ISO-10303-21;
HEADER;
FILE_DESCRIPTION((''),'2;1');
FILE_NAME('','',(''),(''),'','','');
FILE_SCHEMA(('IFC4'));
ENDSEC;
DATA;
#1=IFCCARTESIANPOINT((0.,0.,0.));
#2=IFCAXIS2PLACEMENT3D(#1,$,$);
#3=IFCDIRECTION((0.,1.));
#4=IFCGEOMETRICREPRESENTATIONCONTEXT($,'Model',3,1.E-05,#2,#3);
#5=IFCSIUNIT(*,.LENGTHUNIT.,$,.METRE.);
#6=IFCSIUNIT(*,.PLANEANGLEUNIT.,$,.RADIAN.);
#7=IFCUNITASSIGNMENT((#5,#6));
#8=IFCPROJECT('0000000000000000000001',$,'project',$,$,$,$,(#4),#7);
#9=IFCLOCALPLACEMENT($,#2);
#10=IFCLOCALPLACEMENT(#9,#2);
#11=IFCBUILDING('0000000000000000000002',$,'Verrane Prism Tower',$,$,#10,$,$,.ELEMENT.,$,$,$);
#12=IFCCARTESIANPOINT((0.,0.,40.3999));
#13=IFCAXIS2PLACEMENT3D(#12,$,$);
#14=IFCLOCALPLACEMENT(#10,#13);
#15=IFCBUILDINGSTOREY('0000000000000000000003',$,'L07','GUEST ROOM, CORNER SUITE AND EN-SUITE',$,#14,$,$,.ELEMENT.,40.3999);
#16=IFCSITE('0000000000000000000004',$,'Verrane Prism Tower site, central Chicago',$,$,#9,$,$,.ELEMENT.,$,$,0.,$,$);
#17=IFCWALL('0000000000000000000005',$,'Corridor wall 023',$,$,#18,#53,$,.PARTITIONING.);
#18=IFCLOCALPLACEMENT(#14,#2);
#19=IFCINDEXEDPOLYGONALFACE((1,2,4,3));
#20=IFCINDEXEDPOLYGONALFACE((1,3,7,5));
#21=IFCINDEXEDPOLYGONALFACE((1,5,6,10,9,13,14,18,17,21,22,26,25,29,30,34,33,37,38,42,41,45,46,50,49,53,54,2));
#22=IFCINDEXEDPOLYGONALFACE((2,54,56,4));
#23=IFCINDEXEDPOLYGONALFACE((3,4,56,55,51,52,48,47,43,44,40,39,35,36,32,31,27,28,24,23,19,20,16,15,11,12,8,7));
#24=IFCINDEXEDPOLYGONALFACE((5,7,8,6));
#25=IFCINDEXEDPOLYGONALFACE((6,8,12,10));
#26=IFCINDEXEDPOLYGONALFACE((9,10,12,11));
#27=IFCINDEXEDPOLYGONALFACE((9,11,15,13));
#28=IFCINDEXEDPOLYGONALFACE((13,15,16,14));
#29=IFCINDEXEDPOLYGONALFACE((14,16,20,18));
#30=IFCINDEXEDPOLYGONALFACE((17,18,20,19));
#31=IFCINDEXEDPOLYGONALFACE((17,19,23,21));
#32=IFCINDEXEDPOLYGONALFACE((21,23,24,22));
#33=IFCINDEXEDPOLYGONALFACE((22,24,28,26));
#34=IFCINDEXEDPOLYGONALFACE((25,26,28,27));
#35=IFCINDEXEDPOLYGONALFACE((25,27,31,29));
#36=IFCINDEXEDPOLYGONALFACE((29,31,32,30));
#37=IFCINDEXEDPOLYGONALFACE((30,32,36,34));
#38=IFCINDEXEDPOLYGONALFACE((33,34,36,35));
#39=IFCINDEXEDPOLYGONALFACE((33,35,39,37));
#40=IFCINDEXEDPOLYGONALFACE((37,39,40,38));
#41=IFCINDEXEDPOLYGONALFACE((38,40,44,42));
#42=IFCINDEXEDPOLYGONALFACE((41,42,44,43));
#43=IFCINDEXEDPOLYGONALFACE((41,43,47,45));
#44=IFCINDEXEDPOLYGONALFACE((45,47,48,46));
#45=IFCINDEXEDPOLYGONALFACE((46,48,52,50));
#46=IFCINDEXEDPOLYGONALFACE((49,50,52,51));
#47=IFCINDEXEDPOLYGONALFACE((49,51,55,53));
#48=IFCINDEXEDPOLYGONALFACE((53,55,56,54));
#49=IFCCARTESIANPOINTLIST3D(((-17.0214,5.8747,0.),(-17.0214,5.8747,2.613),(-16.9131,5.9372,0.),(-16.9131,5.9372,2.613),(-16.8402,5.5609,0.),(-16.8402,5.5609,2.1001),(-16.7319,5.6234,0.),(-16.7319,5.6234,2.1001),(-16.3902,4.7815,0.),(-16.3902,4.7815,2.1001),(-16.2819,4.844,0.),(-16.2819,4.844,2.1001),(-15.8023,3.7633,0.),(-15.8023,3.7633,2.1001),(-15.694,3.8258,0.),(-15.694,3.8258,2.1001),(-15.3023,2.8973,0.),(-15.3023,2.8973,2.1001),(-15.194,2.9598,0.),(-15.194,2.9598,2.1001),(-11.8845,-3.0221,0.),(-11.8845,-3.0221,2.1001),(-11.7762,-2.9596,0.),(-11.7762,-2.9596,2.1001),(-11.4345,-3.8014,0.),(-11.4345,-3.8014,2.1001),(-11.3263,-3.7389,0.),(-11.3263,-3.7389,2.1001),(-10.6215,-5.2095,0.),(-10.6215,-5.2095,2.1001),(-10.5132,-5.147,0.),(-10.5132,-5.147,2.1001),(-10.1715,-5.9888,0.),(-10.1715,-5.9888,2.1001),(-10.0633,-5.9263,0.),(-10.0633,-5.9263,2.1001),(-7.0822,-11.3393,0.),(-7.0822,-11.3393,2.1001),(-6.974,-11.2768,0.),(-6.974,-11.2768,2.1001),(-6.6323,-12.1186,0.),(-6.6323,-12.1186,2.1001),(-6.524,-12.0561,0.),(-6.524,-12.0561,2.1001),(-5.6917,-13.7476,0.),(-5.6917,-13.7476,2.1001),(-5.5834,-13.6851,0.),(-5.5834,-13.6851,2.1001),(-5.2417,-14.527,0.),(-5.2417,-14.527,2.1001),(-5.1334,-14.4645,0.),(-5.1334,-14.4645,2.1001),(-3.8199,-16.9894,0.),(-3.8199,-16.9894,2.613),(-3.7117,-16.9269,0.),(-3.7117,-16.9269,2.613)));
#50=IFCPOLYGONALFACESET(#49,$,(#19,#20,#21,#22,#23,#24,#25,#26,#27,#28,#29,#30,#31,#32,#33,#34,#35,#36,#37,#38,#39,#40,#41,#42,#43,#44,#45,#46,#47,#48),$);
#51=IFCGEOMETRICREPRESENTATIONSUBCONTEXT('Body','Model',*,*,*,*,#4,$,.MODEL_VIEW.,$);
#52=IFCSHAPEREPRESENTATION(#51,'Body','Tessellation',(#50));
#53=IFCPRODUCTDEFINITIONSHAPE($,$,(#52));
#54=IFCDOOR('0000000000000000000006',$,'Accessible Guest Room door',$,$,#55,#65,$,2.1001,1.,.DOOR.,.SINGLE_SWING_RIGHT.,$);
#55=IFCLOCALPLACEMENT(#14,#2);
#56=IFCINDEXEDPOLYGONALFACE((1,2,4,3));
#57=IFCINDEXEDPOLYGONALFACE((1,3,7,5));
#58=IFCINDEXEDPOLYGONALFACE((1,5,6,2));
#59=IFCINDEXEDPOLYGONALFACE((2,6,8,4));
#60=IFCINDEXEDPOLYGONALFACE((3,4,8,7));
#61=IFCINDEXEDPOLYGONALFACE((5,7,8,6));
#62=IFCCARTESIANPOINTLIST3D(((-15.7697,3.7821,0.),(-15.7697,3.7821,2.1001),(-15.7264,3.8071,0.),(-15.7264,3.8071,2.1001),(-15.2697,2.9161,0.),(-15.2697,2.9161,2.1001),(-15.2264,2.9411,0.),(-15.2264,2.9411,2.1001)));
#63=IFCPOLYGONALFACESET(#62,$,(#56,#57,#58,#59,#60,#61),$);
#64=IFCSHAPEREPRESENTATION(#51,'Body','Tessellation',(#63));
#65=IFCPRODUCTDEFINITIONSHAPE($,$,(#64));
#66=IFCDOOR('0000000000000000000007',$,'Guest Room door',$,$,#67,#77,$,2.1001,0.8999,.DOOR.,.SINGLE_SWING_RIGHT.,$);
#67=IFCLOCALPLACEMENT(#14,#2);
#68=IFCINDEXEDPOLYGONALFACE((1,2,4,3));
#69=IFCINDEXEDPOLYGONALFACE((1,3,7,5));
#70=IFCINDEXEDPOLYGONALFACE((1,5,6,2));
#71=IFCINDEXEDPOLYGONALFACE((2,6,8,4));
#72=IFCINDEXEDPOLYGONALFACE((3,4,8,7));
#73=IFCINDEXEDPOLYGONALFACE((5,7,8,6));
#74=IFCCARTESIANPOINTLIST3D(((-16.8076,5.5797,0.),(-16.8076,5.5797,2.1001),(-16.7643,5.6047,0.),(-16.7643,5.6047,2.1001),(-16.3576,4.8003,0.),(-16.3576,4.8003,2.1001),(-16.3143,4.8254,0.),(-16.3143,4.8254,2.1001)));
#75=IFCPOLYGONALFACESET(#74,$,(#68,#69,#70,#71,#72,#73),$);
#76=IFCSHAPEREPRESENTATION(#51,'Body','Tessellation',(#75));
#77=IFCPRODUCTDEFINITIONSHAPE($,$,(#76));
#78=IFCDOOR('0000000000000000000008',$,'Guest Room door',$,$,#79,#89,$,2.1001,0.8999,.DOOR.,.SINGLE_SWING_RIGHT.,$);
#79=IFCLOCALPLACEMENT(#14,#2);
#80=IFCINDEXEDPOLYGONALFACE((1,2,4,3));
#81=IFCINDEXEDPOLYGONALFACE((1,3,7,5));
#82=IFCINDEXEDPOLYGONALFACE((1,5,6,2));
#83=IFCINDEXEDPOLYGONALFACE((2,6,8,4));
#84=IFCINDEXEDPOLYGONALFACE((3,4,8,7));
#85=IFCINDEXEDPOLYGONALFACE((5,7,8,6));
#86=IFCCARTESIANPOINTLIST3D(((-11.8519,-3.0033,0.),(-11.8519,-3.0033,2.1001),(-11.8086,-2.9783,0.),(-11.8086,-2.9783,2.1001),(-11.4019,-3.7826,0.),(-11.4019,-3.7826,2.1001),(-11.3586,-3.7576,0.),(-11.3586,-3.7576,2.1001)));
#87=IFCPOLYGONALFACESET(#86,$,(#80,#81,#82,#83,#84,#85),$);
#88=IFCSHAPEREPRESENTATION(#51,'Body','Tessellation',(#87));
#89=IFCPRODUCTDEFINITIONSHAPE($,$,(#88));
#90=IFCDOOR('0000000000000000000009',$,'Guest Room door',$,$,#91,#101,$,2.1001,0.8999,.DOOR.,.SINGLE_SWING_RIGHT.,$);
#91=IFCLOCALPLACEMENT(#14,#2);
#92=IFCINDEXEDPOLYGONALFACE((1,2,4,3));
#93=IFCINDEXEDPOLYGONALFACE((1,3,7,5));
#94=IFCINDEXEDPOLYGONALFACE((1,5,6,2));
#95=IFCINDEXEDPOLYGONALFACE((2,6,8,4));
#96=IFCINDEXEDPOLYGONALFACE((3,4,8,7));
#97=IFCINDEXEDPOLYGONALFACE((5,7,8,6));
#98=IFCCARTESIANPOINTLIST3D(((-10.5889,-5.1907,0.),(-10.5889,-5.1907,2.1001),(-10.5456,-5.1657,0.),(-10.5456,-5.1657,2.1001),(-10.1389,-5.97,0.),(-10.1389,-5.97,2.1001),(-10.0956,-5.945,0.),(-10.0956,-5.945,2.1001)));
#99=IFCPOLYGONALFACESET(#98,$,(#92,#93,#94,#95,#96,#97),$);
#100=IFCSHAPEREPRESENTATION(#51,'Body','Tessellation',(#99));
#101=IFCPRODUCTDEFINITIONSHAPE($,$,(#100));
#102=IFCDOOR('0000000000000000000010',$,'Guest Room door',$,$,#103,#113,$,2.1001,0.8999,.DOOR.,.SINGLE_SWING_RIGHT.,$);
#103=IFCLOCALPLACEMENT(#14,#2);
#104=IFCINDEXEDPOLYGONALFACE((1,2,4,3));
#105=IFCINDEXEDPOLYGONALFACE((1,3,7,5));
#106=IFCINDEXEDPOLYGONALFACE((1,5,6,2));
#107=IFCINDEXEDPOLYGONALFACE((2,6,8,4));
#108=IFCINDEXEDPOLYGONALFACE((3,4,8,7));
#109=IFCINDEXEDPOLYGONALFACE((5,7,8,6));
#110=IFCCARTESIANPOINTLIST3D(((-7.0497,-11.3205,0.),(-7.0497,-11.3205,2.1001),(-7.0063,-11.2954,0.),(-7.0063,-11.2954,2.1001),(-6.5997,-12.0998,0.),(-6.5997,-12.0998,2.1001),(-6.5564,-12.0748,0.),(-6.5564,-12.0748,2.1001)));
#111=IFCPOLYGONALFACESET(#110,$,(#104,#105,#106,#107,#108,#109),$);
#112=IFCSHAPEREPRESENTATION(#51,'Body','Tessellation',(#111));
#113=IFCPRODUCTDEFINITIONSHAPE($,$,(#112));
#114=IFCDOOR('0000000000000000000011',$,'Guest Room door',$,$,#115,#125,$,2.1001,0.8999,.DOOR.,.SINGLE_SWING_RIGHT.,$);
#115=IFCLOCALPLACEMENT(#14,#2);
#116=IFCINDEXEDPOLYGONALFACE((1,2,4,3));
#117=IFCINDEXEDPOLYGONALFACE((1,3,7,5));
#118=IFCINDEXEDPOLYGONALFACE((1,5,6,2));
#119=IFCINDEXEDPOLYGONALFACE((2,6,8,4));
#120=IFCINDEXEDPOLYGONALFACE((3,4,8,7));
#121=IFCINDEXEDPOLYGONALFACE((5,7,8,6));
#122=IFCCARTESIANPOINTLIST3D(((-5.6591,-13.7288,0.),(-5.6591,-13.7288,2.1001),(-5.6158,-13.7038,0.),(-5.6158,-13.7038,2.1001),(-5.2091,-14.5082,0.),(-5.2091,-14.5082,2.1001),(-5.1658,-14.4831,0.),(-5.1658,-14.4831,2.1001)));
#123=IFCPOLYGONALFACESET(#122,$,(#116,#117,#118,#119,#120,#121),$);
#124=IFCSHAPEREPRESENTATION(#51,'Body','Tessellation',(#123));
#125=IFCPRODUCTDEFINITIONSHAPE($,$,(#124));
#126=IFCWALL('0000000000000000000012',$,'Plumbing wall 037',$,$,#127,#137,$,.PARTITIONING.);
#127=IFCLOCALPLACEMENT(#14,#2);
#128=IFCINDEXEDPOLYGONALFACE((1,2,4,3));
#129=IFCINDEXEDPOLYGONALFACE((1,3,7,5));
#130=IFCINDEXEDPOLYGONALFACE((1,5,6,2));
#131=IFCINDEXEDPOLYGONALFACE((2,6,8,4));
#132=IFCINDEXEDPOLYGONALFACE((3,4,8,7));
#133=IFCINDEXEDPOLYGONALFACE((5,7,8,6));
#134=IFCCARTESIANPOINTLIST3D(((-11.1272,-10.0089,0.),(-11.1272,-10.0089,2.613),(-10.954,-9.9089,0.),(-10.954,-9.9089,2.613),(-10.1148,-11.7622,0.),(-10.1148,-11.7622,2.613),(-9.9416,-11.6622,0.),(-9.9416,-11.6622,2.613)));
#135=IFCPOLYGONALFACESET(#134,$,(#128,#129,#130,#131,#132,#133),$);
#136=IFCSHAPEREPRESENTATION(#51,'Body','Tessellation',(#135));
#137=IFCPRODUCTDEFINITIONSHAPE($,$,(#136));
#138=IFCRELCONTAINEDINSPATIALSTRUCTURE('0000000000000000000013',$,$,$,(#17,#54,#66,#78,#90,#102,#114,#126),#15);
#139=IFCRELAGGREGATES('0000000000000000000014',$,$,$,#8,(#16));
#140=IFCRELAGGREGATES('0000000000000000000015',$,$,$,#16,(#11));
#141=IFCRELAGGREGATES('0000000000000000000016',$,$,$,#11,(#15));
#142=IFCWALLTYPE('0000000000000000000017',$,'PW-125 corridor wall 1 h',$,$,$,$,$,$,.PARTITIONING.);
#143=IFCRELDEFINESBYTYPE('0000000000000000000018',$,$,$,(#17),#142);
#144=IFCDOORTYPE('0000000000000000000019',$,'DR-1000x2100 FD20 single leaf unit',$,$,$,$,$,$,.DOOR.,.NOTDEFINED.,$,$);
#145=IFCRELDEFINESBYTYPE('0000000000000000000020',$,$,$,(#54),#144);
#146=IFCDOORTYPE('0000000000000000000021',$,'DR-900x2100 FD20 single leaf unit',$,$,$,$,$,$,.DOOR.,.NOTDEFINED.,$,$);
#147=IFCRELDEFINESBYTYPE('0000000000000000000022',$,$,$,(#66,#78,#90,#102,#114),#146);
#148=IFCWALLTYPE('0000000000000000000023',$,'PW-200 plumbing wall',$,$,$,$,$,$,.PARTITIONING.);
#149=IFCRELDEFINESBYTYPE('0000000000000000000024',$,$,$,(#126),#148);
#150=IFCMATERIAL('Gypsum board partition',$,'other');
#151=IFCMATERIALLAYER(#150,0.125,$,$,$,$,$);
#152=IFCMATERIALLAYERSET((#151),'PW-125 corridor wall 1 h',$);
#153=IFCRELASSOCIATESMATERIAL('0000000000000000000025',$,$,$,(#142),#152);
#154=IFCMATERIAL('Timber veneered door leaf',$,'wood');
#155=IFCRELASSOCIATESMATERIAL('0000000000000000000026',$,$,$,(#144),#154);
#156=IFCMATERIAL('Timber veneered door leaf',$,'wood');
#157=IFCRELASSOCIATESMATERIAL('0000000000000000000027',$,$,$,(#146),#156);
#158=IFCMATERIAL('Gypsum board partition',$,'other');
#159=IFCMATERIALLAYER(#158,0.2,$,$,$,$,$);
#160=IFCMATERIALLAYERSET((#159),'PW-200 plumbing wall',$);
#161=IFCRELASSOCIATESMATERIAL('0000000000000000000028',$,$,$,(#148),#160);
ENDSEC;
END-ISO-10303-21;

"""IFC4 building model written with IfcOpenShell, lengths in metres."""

from ifc_helpers import new_model, si_unit, direction, frame, frame_2d, origin, place, context, subcontext, project, spatial, rectangle, extrude, material, layer, layer_set, type_object, element, fill, save


model = new_model("IFC4")

# Units and contexts
model_context = context("Model", 3, precision=1e-05, world=origin(), true_north=direction((0.0, 1.0)))
body_context = subcontext(model_context, "Body", "Model", "MODEL_VIEW")
ifc_project = project(units=[si_unit("LENGTHUNIT", "METRE"), si_unit("PLANEANGLEUNIT", "RADIAN")], contexts=[model_context])

# Site, building, storey
site_placement = place(None, origin())
site = spatial("IfcSite", under=ifc_project, at=site_placement, Name="Verrane Prism Tower site, central Chicago", CompositionType="ELEMENT", RefElevation=0.0)
building_placement = place(site_placement, origin())
building = spatial("IfcBuilding", under=site, at=building_placement, Name="Verrane Prism Tower", CompositionType="ELEMENT")
storey_placement = place(building_placement, frame((0.0, 0.0, 40.3999)))
storey = spatial("IfcBuildingStorey", under=building, at=storey_placement, Name="L07", Description="GUEST ROOM, CORNER SUITE AND EN-SUITE", CompositionType="ELEMENT", Elevation=40.3999)

# Wall, openings, doors
ifc_material_1 = material(Name="Gypsum board partition", Category="other")
ifc_layer_1 = layer(ifc_material_1, 0.125)
ifc_layer_set_1 = layer_set([ifc_layer_1], Name="PW-125 corridor wall 1 h")
wall_type_1 = type_object("IfcWallType", Name="PW-125 corridor wall 1 h", PredefinedType="PARTITIONING", material=ifc_layer_set_1)
wall_1_placement = place(storey_placement, frame((-3.7659, -16.958, 0.0), z_axis=(0.0, 0.0, 1.0), x_axis=(-0.500025, 0.866011, 0.0)))
wall_1 = element("IfcWall", 1, at=wall_1_placement, inside=storey, type_object=wall_type_1, Name="Corridor wall 023", PredefinedType="PARTITIONING", context=body_context, shape_type="SweptSolid", body=[
    extrude(rectangle(XDim=26.4016, YDim=0.125, at=frame_2d((13.2007, 0.0))), origin(), (0.0, 0.0, 1.0), 2.613),
])
opening_1_placement = place(wall_1_placement, frame((25.1392, 0.0, 0.0)))
opening_1 = element("IfcOpeningElement", 2, at=opening_1_placement, cuts=wall_1, PredefinedType="OPENING", context=body_context, shape_type="SweptSolid", body=[
    extrude(rectangle(XDim=0.8999, YDim=2.1001, at=frame_2d((0.45, 1.05))), frame((0.0, 0.0725, 0.0), z_axis=(0.0, -1.0, 0.0), x_axis=(1.0, 0.0, 0.0)), (0.0, 0.0, 1.0), 0.145),
])
opening_2_placement = place(wall_1_placement, frame((22.9634, 0.0, 0.0)))
opening_2 = element("IfcOpeningElement", 3, at=opening_2_placement, cuts=wall_1, PredefinedType="OPENING", context=body_context, shape_type="SweptSolid", body=[
    extrude(rectangle(XDim=1.0, YDim=2.1001, at=frame_2d((0.5, 1.05))), frame((0.0, 0.0725, 0.0), z_axis=(0.0, -1.0, 0.0), x_axis=(1.0, 0.0, 0.0)), (0.0, 0.0, 1.0), 0.145),
])
opening_3_placement = place(wall_1_placement, frame((15.2283, 0.0, 0.0)))
opening_3 = element("IfcOpeningElement", 4, at=opening_3_placement, cuts=wall_1, PredefinedType="OPENING", context=body_context, shape_type="SweptSolid", body=[
    extrude(rectangle(XDim=0.8999, YDim=2.1001, at=frame_2d((0.45, 1.05))), frame((0.0, 0.0725, 0.0), z_axis=(0.0, -1.0, 0.0), x_axis=(1.0, 0.0, 0.0)), (0.0, 0.0, 1.0), 0.145),
])
opening_4_placement = place(wall_1_placement, frame((12.7024, 0.0, 0.0)))
opening_4 = element("IfcOpeningElement", 5, at=opening_4_placement, cuts=wall_1, PredefinedType="OPENING", context=body_context, shape_type="SweptSolid", body=[
    extrude(rectangle(XDim=0.8999, YDim=2.1001, at=frame_2d((0.45, 1.05))), frame((0.0, 0.0725, 0.0), z_axis=(0.0, -1.0, 0.0), x_axis=(1.0, 0.0, 0.0)), (0.0, 0.0, 1.0), 0.145),
])
opening_5_placement = place(wall_1_placement, frame((5.6243, 0.0, 0.0)))
opening_5 = element("IfcOpeningElement", 6, at=opening_5_placement, cuts=wall_1, PredefinedType="OPENING", context=body_context, shape_type="SweptSolid", body=[
    extrude(rectangle(XDim=0.8999, YDim=2.1001, at=frame_2d((0.45, 1.05))), frame((0.0, 0.0725, 0.0), z_axis=(0.0, -1.0, 0.0), x_axis=(1.0, 0.0, 0.0)), (0.0, 0.0, 1.0), 0.145),
])
opening_6_placement = place(wall_1_placement, frame((2.8433, 0.0, 0.0)))
opening_6 = element("IfcOpeningElement", 7, at=opening_6_placement, cuts=wall_1, PredefinedType="OPENING", context=body_context, shape_type="SweptSolid", body=[
    extrude(rectangle(XDim=0.8999, YDim=2.1001, at=frame_2d((0.45, 1.05))), frame((0.0, 0.0725, 0.0), z_axis=(0.0, -1.0, 0.0), x_axis=(1.0, 0.0, 0.0)), (0.0, 0.0, 1.0), 0.145),
])
ifc_material_2 = material(Name="Timber veneered door leaf", Category="wood")
door_type_1 = type_object("IfcDoorType", Name="DR-1000x2100 FD20 single leaf unit", OperationType="NOTDEFINED", PredefinedType="DOOR", material=ifc_material_2)
door_1_placement = place(opening_2_placement, origin())
door_1 = element("IfcDoor", 8, at=door_1_placement, inside=storey, type_object=door_type_1, Name="Accessible Guest Room door", OperationType="SINGLE_SWING_RIGHT", OverallHeight=2.1001, OverallWidth=1.0, PredefinedType="DOOR", context=body_context, shape_type="SweptSolid", body=[
    extrude(rectangle(XDim=1.0, YDim=2.1001, at=frame_2d((0.5, 1.05))), frame((0.0, 0.0249, 0.0), z_axis=(0.0, -1.0, 0.0), x_axis=(1.0, 0.0, 0.0)), (0.0, 0.0, 1.0), 0.05),
])
fill(opening_2, door_1)
ifc_material_3 = material(Name="Timber veneered door leaf", Category="wood")
door_type_2 = type_object("IfcDoorType", Name="DR-900x2100 FD20 single leaf unit", OperationType="NOTDEFINED", PredefinedType="DOOR", material=ifc_material_3)
door_2_placement = place(opening_1_placement, origin())
door_2 = element("IfcDoor", 9, at=door_2_placement, inside=storey, type_object=door_type_2, Name="Guest Room door", OperationType="SINGLE_SWING_RIGHT", OverallHeight=2.1001, OverallWidth=0.8999, PredefinedType="DOOR", context=body_context, shape_type="SweptSolid", body=[
    extrude(rectangle(XDim=0.8999, YDim=2.1001, at=frame_2d((0.45, 1.05))), frame((0.0, 0.0249, 0.0), z_axis=(0.0, -1.0, 0.0), x_axis=(1.0, 0.0, 0.0)), (0.0, 0.0, 1.0), 0.05),
])
fill(opening_1, door_2)
door_3_placement = place(opening_3_placement, origin())
door_3 = element("IfcDoor", 10, at=door_3_placement, inside=storey, type_object=door_type_2, Name="Guest Room door", OperationType="SINGLE_SWING_RIGHT", OverallHeight=2.1001, OverallWidth=0.8999, PredefinedType="DOOR", context=body_context, shape_type="SweptSolid", body=[
    extrude(rectangle(XDim=0.8999, YDim=2.1001, at=frame_2d((0.45, 1.05))), frame((0.0, 0.0249, 0.0), z_axis=(0.0, -1.0, 0.0), x_axis=(1.0, 0.0, 0.0)), (0.0, 0.0, 1.0), 0.05),
])
fill(opening_3, door_3)
door_4_placement = place(opening_4_placement, origin())
door_4 = element("IfcDoor", 11, at=door_4_placement, inside=storey, type_object=door_type_2, Name="Guest Room door", OperationType="SINGLE_SWING_RIGHT", OverallHeight=2.1001, OverallWidth=0.8999, PredefinedType="DOOR", context=body_context, shape_type="SweptSolid", body=[
    extrude(rectangle(XDim=0.8999, YDim=2.1001, at=frame_2d((0.45, 1.05))), frame((0.0, 0.0249, 0.0), z_axis=(0.0, -1.0, 0.0), x_axis=(1.0, 0.0, 0.0)), (0.0, 0.0, 1.0), 0.05),
])
fill(opening_4, door_4)
door_5_placement = place(opening_5_placement, origin())
door_5 = element("IfcDoor", 12, at=door_5_placement, inside=storey, type_object=door_type_2, Name="Guest Room door", OperationType="SINGLE_SWING_RIGHT", OverallHeight=2.1001, OverallWidth=0.8999, PredefinedType="DOOR", context=body_context, shape_type="SweptSolid", body=[
    extrude(rectangle(XDim=0.8999, YDim=2.1001, at=frame_2d((0.45, 1.05))), frame((0.0, 0.0249, 0.0), z_axis=(0.0, -1.0, 0.0), x_axis=(1.0, 0.0, 0.0)), (0.0, 0.0, 1.0), 0.05),
])
fill(opening_5, door_5)
door_6_placement = place(opening_6_placement, origin())
door_6 = element("IfcDoor", 13, at=door_6_placement, inside=storey, type_object=door_type_2, Name="Guest Room door", OperationType="SINGLE_SWING_RIGHT", OverallHeight=2.1001, OverallWidth=0.8999, PredefinedType="DOOR", context=body_context, shape_type="SweptSolid", body=[
    extrude(rectangle(XDim=0.8999, YDim=2.1001, at=frame_2d((0.45, 1.05))), frame((0.0, 0.0249, 0.0), z_axis=(0.0, -1.0, 0.0), x_axis=(1.0, 0.0, 0.0)), (0.0, 0.0, 1.0), 0.05),
])
fill(opening_6, door_6)

# Wall
ifc_material_4 = material(Name="Gypsum board partition", Category="other")
ifc_layer_2 = layer(ifc_material_4, 0.2)
ifc_layer_set_2 = layer_set([ifc_layer_2], Name="PW-200 plumbing wall")
wall_type_2 = type_object("IfcWallType", Name="PW-200 plumbing wall", PredefinedType="PARTITIONING", material=ifc_layer_set_2)
wall_2_placement = place(storey_placement, frame((-11.0405, -9.959, 0.0), z_axis=(0.0, 0.0, 1.0), x_axis=(0.500043, -0.866001, 0.0)))
element("IfcWall", 14, at=wall_2_placement, inside=storey, type_object=wall_type_2, Name="Plumbing wall 037", PredefinedType="PARTITIONING", context=body_context, shape_type="SweptSolid", body=[
    extrude(rectangle(XDim=2.0247, YDim=0.2, at=frame_2d((1.0122, 0.0))), origin(), (0.0, 0.0, 1.0), 2.613),
])

save(model, "model.ifc")
